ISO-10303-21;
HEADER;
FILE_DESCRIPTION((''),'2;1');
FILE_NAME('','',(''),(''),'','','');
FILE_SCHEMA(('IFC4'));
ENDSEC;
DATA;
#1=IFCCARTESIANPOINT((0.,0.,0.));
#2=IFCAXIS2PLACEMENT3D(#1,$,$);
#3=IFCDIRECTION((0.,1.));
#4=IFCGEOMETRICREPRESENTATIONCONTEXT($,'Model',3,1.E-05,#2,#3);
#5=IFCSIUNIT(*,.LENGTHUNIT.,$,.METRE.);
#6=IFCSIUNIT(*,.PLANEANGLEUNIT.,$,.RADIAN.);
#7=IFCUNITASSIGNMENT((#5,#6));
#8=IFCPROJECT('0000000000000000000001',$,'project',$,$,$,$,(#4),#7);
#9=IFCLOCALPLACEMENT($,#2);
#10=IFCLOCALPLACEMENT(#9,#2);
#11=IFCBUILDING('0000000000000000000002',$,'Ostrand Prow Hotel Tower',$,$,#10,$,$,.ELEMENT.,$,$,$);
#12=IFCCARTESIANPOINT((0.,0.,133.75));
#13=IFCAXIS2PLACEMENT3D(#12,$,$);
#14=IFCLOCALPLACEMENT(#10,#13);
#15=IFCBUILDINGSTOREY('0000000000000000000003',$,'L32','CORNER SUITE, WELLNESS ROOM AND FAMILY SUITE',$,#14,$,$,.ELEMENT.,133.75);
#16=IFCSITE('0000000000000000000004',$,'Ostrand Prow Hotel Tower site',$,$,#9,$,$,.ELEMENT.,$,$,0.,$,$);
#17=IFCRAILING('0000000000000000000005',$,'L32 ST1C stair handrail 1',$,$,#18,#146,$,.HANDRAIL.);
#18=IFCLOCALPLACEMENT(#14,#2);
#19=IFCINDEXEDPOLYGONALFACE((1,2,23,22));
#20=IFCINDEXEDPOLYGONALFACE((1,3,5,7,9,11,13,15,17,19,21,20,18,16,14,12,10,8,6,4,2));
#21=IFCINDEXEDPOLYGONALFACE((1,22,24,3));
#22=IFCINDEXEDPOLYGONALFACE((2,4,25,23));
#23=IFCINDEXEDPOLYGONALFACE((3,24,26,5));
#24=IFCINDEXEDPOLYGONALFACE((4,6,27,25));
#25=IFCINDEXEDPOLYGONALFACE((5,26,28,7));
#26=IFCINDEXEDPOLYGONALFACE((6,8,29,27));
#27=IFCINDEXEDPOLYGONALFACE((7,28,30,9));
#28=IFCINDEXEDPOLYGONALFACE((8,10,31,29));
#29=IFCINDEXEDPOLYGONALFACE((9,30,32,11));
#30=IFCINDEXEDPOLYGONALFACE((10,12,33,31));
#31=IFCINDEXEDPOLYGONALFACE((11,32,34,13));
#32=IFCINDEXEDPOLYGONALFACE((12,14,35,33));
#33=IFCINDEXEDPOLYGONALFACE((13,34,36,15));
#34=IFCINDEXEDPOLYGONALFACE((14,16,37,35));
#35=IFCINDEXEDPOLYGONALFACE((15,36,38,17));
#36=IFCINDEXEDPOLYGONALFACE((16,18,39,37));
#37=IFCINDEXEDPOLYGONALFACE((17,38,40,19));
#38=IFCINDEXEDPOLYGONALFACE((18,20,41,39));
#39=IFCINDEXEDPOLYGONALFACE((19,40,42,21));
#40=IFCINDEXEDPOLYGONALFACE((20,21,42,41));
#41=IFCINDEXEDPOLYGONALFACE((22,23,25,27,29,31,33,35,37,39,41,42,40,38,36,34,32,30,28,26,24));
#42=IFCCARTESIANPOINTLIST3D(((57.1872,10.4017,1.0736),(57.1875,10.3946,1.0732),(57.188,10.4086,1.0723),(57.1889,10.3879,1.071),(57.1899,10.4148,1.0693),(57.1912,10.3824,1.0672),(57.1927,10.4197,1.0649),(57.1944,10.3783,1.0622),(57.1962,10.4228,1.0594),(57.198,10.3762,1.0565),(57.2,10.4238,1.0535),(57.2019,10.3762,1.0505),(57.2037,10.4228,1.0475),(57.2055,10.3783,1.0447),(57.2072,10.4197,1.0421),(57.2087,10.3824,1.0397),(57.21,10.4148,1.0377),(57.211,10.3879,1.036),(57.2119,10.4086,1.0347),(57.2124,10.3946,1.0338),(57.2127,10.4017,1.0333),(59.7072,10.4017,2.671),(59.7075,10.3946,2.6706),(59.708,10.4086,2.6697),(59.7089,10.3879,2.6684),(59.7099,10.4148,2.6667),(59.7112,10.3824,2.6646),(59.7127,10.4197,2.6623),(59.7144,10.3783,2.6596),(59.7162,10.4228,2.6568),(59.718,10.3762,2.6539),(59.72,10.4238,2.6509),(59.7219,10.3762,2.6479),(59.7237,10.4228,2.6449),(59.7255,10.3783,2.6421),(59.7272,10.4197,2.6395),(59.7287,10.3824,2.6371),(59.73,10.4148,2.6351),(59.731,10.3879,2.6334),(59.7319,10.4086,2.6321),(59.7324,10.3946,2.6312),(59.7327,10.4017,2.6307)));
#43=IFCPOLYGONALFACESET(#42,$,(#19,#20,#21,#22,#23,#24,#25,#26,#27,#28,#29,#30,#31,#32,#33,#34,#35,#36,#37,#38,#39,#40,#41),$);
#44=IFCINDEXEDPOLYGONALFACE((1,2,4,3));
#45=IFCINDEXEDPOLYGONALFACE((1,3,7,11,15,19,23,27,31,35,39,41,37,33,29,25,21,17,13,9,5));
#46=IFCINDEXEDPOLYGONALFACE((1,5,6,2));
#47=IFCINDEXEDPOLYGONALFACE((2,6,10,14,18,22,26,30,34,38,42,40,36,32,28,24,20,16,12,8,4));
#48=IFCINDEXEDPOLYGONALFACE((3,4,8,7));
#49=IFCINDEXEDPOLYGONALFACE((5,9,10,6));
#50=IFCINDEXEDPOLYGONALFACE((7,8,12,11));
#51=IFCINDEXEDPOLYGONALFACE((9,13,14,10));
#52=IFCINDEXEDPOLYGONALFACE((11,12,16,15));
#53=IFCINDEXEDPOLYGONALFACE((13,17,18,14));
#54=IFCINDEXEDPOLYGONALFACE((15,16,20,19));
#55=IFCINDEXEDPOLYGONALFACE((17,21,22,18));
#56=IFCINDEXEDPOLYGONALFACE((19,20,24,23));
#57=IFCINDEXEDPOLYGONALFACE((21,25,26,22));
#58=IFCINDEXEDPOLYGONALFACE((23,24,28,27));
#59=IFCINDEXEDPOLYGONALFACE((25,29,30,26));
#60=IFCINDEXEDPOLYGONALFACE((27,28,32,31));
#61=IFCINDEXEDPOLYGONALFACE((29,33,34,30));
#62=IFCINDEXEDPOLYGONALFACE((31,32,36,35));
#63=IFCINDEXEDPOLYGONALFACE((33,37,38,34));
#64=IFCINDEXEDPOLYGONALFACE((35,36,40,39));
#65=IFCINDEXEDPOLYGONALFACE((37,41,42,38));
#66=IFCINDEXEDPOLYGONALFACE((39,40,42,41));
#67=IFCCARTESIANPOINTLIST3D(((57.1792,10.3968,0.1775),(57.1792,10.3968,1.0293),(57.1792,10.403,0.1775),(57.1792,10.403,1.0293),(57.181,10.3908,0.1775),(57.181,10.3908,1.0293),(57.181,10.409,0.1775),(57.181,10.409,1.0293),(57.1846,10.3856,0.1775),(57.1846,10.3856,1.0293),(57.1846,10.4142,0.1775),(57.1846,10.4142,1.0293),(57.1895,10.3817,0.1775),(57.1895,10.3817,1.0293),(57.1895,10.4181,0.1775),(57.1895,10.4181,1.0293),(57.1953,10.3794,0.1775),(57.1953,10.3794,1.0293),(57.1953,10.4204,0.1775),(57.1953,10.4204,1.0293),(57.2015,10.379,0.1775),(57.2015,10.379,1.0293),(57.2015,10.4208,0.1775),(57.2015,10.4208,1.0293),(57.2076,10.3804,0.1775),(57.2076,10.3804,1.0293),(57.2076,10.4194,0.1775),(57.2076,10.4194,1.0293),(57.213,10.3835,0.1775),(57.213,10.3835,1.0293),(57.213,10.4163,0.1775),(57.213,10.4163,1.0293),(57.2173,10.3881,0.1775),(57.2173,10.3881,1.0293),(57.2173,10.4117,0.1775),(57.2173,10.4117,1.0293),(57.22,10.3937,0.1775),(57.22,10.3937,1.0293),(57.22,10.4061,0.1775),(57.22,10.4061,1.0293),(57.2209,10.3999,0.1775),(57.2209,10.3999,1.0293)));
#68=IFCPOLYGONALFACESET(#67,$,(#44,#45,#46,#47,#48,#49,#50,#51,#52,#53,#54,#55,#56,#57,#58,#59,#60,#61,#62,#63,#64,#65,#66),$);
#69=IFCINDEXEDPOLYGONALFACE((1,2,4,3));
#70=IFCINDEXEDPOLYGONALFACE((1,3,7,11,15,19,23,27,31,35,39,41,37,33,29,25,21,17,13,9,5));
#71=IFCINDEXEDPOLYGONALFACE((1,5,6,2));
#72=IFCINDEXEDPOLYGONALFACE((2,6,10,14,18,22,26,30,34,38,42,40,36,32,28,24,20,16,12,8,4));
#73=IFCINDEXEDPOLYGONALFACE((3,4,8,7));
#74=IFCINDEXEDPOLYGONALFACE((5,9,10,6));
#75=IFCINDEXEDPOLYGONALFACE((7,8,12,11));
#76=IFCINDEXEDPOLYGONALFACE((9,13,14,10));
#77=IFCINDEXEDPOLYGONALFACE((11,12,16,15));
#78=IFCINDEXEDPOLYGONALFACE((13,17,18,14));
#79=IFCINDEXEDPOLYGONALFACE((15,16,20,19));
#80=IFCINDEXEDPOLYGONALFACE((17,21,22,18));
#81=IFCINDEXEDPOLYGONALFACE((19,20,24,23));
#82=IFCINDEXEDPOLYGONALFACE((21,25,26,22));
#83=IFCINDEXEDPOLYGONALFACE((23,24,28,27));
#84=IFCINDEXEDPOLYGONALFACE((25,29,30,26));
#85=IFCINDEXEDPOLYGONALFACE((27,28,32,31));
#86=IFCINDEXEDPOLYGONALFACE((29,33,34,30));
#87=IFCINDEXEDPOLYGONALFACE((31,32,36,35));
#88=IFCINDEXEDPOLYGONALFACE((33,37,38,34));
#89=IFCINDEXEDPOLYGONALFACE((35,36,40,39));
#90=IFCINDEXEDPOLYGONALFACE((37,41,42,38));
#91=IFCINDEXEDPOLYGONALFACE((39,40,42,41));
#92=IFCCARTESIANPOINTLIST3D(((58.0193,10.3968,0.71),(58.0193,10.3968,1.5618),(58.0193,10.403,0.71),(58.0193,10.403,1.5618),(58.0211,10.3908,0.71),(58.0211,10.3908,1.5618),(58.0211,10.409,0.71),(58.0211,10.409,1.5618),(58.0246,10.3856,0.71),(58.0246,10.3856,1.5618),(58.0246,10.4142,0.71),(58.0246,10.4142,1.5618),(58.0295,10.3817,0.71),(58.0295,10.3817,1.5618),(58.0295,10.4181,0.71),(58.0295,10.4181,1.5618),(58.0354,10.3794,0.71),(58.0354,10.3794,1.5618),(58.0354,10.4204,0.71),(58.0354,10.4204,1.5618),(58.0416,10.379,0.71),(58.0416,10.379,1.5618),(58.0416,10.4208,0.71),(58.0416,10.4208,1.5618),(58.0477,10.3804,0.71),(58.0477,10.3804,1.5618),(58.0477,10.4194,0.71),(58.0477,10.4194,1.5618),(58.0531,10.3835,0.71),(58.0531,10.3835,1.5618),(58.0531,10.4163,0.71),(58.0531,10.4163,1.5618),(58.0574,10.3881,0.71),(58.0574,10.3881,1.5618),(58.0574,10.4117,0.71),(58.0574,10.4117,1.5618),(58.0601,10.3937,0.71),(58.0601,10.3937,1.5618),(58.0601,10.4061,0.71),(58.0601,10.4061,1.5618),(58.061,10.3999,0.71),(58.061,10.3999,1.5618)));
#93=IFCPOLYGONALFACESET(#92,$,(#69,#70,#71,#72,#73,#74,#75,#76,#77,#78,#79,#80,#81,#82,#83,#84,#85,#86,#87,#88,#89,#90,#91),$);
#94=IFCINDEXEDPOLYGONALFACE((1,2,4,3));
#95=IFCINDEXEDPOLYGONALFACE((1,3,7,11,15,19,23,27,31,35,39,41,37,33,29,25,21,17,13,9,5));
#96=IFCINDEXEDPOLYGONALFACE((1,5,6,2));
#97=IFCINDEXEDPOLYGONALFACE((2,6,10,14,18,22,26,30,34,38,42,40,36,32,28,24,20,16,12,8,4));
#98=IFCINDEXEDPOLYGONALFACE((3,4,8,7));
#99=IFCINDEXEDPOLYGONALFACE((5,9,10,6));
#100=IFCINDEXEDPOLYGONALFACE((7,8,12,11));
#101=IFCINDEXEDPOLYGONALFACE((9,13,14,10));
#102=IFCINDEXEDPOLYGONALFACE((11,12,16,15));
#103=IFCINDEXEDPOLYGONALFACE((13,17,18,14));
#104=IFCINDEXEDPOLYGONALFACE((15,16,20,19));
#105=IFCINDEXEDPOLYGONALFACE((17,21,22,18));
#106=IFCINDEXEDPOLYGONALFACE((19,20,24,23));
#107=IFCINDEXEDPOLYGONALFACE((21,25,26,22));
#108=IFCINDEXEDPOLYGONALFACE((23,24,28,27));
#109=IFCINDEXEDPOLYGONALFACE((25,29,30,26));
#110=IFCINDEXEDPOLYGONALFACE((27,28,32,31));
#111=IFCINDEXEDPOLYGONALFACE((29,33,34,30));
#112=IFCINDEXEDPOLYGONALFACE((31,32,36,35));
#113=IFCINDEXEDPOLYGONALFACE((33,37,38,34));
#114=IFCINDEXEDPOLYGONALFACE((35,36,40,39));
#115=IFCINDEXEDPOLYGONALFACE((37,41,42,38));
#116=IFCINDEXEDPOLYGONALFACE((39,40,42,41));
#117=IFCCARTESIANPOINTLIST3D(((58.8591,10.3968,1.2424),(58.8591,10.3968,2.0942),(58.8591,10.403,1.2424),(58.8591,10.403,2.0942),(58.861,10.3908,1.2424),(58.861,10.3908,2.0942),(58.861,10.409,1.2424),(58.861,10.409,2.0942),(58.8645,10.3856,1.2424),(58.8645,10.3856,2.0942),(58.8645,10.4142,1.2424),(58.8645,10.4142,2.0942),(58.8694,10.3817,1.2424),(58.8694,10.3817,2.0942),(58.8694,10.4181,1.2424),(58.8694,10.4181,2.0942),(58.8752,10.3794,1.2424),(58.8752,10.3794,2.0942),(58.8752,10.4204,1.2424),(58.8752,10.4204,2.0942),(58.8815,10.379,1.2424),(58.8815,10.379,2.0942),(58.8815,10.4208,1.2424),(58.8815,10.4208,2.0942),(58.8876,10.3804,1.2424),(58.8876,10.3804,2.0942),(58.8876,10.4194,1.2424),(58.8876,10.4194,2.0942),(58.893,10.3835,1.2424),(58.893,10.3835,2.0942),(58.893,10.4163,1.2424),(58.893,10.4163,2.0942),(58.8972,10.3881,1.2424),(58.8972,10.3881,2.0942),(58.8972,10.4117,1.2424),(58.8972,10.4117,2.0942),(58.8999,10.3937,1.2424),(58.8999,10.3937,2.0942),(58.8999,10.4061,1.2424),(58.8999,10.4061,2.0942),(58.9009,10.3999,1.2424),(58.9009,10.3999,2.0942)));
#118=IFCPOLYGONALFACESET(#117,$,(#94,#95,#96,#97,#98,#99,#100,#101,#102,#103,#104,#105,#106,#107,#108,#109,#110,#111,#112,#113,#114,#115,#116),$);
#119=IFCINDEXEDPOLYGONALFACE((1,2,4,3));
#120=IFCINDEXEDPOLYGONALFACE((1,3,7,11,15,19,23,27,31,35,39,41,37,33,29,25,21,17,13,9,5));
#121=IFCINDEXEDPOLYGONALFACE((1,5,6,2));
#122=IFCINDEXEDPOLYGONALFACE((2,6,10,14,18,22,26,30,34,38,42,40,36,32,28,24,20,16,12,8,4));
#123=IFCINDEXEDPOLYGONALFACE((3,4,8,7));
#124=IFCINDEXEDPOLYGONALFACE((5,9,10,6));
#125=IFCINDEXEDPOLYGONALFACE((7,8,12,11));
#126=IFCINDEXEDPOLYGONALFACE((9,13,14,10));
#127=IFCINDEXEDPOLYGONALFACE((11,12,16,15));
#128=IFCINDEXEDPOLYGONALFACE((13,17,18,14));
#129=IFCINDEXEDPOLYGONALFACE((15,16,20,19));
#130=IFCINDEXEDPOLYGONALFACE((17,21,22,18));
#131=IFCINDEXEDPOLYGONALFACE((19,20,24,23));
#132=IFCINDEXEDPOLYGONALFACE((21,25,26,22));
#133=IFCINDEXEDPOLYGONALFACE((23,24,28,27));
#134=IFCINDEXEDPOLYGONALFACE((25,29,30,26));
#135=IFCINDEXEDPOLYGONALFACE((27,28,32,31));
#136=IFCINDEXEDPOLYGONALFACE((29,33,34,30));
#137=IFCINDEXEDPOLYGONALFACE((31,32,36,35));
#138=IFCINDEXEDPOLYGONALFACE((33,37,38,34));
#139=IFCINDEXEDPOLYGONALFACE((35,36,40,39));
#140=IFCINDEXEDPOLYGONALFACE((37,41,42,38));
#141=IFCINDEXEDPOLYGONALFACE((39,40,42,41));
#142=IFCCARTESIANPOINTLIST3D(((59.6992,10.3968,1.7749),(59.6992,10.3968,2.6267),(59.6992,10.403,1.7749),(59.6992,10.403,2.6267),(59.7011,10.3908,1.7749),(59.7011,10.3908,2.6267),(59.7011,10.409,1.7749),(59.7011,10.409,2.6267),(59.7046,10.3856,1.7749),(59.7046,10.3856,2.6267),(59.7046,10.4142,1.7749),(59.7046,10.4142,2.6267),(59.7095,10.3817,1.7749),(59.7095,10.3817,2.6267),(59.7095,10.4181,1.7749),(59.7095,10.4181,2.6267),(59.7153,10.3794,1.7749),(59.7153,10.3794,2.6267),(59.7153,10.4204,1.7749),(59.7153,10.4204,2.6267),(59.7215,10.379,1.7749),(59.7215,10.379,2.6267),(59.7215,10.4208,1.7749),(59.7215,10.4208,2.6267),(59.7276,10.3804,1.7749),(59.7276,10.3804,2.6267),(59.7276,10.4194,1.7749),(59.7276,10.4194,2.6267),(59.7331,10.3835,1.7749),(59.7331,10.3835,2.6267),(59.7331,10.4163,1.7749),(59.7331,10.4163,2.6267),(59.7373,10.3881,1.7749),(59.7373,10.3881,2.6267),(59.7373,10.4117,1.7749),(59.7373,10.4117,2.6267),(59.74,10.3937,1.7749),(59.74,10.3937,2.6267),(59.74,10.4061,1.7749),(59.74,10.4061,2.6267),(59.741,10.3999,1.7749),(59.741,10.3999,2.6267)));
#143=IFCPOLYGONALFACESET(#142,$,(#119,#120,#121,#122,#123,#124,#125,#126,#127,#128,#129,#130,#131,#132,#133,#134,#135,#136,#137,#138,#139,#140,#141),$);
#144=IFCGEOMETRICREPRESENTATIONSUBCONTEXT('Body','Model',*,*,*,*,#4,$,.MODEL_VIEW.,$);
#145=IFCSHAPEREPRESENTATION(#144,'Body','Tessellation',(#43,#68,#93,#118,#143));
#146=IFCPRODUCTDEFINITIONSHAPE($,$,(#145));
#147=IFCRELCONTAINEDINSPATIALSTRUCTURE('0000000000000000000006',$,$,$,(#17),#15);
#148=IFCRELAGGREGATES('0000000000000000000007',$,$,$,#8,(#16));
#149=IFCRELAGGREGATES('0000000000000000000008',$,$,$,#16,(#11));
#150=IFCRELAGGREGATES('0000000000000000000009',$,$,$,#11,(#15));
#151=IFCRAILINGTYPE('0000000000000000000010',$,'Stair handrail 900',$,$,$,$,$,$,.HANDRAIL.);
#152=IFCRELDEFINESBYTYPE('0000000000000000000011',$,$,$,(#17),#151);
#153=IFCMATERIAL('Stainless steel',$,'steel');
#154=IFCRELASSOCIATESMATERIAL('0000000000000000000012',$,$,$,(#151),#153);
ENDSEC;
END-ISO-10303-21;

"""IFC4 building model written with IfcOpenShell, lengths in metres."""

from ifc_helpers import new_model, si_unit, direction, frame, origin, origin_2d, place, context, subcontext, project, spatial, circle, extrude, material, type_object, element, save


model = new_model("IFC4")

# Units and contexts
model_context = context("Model", 3, precision=1e-05, world=origin(), true_north=direction((0.0, 1.0)))
body_context = subcontext(model_context, "Body", "Model", "MODEL_VIEW")
ifc_project = project(units=[si_unit("LENGTHUNIT", "METRE"), si_unit("PLANEANGLEUNIT", "RADIAN")], contexts=[model_context])

# Site, building, storey
site_placement = place(None, origin())
site = spatial("IfcSite", under=ifc_project, at=site_placement, Name="Ostrand Prow Hotel Tower site", CompositionType="ELEMENT", RefElevation=0.0)
building_placement = place(site_placement, origin())
building = spatial("IfcBuilding", under=site, at=building_placement, Name="Ostrand Prow Hotel Tower", CompositionType="ELEMENT")
storey_placement = place(building_placement, frame((0.0, 0.0, 133.75)))
storey = spatial("IfcBuildingStorey", under=building, at=storey_placement, Name="L32", Description="CORNER SUITE, WELLNESS ROOM AND FAMILY SUITE", CompositionType="ELEMENT", Elevation=133.75)

# Railing
ifc_material_1 = material(Name="Stainless steel", Category="steel")
railing_type_1 = type_object("IfcRailingType", Name="Stair handrail 900", PredefinedType="HANDRAIL", material=ifc_material_1)
railing_1_placement = place(storey_placement, frame((57.2, 10.3999, 0.1775)))
element("IfcRailing", 1, at=railing_1_placement, inside=storey, type_object=railing_type_1, Name="L32 ST1C stair handrail 1", PredefinedType="HANDRAIL", context=body_context, shape_type="SweptSolid", body=[
    extrude(circle(Radius=0.0239, at=origin_2d()), frame((0.0, 0.0, 0.876), z_axis=(0.844607, 0.0, 0.535387), x_axis=(0.0, 1.0, 0.0)), (0.0, 0.0, 1.0), 2.9836),
    extrude(circle(Radius=0.021, at=origin_2d()), origin(), (0.0, 0.0, 1.0), 0.8518),
    extrude(circle(Radius=0.021, at=origin_2d()), frame((0.8401, 0.0, 0.5325)), (0.0, 0.0, 1.0), 0.8518),
    extrude(circle(Radius=0.021, at=origin_2d()), frame((1.6799, 0.0, 1.0649)), (0.0, 0.0, 1.0), 0.8518),
    extrude(circle(Radius=0.021, at=origin_2d()), frame((2.52, 0.0, 1.5974)), (0.0, 0.0, 1.0), 0.8518),
])

save(model, "model.ifc")
